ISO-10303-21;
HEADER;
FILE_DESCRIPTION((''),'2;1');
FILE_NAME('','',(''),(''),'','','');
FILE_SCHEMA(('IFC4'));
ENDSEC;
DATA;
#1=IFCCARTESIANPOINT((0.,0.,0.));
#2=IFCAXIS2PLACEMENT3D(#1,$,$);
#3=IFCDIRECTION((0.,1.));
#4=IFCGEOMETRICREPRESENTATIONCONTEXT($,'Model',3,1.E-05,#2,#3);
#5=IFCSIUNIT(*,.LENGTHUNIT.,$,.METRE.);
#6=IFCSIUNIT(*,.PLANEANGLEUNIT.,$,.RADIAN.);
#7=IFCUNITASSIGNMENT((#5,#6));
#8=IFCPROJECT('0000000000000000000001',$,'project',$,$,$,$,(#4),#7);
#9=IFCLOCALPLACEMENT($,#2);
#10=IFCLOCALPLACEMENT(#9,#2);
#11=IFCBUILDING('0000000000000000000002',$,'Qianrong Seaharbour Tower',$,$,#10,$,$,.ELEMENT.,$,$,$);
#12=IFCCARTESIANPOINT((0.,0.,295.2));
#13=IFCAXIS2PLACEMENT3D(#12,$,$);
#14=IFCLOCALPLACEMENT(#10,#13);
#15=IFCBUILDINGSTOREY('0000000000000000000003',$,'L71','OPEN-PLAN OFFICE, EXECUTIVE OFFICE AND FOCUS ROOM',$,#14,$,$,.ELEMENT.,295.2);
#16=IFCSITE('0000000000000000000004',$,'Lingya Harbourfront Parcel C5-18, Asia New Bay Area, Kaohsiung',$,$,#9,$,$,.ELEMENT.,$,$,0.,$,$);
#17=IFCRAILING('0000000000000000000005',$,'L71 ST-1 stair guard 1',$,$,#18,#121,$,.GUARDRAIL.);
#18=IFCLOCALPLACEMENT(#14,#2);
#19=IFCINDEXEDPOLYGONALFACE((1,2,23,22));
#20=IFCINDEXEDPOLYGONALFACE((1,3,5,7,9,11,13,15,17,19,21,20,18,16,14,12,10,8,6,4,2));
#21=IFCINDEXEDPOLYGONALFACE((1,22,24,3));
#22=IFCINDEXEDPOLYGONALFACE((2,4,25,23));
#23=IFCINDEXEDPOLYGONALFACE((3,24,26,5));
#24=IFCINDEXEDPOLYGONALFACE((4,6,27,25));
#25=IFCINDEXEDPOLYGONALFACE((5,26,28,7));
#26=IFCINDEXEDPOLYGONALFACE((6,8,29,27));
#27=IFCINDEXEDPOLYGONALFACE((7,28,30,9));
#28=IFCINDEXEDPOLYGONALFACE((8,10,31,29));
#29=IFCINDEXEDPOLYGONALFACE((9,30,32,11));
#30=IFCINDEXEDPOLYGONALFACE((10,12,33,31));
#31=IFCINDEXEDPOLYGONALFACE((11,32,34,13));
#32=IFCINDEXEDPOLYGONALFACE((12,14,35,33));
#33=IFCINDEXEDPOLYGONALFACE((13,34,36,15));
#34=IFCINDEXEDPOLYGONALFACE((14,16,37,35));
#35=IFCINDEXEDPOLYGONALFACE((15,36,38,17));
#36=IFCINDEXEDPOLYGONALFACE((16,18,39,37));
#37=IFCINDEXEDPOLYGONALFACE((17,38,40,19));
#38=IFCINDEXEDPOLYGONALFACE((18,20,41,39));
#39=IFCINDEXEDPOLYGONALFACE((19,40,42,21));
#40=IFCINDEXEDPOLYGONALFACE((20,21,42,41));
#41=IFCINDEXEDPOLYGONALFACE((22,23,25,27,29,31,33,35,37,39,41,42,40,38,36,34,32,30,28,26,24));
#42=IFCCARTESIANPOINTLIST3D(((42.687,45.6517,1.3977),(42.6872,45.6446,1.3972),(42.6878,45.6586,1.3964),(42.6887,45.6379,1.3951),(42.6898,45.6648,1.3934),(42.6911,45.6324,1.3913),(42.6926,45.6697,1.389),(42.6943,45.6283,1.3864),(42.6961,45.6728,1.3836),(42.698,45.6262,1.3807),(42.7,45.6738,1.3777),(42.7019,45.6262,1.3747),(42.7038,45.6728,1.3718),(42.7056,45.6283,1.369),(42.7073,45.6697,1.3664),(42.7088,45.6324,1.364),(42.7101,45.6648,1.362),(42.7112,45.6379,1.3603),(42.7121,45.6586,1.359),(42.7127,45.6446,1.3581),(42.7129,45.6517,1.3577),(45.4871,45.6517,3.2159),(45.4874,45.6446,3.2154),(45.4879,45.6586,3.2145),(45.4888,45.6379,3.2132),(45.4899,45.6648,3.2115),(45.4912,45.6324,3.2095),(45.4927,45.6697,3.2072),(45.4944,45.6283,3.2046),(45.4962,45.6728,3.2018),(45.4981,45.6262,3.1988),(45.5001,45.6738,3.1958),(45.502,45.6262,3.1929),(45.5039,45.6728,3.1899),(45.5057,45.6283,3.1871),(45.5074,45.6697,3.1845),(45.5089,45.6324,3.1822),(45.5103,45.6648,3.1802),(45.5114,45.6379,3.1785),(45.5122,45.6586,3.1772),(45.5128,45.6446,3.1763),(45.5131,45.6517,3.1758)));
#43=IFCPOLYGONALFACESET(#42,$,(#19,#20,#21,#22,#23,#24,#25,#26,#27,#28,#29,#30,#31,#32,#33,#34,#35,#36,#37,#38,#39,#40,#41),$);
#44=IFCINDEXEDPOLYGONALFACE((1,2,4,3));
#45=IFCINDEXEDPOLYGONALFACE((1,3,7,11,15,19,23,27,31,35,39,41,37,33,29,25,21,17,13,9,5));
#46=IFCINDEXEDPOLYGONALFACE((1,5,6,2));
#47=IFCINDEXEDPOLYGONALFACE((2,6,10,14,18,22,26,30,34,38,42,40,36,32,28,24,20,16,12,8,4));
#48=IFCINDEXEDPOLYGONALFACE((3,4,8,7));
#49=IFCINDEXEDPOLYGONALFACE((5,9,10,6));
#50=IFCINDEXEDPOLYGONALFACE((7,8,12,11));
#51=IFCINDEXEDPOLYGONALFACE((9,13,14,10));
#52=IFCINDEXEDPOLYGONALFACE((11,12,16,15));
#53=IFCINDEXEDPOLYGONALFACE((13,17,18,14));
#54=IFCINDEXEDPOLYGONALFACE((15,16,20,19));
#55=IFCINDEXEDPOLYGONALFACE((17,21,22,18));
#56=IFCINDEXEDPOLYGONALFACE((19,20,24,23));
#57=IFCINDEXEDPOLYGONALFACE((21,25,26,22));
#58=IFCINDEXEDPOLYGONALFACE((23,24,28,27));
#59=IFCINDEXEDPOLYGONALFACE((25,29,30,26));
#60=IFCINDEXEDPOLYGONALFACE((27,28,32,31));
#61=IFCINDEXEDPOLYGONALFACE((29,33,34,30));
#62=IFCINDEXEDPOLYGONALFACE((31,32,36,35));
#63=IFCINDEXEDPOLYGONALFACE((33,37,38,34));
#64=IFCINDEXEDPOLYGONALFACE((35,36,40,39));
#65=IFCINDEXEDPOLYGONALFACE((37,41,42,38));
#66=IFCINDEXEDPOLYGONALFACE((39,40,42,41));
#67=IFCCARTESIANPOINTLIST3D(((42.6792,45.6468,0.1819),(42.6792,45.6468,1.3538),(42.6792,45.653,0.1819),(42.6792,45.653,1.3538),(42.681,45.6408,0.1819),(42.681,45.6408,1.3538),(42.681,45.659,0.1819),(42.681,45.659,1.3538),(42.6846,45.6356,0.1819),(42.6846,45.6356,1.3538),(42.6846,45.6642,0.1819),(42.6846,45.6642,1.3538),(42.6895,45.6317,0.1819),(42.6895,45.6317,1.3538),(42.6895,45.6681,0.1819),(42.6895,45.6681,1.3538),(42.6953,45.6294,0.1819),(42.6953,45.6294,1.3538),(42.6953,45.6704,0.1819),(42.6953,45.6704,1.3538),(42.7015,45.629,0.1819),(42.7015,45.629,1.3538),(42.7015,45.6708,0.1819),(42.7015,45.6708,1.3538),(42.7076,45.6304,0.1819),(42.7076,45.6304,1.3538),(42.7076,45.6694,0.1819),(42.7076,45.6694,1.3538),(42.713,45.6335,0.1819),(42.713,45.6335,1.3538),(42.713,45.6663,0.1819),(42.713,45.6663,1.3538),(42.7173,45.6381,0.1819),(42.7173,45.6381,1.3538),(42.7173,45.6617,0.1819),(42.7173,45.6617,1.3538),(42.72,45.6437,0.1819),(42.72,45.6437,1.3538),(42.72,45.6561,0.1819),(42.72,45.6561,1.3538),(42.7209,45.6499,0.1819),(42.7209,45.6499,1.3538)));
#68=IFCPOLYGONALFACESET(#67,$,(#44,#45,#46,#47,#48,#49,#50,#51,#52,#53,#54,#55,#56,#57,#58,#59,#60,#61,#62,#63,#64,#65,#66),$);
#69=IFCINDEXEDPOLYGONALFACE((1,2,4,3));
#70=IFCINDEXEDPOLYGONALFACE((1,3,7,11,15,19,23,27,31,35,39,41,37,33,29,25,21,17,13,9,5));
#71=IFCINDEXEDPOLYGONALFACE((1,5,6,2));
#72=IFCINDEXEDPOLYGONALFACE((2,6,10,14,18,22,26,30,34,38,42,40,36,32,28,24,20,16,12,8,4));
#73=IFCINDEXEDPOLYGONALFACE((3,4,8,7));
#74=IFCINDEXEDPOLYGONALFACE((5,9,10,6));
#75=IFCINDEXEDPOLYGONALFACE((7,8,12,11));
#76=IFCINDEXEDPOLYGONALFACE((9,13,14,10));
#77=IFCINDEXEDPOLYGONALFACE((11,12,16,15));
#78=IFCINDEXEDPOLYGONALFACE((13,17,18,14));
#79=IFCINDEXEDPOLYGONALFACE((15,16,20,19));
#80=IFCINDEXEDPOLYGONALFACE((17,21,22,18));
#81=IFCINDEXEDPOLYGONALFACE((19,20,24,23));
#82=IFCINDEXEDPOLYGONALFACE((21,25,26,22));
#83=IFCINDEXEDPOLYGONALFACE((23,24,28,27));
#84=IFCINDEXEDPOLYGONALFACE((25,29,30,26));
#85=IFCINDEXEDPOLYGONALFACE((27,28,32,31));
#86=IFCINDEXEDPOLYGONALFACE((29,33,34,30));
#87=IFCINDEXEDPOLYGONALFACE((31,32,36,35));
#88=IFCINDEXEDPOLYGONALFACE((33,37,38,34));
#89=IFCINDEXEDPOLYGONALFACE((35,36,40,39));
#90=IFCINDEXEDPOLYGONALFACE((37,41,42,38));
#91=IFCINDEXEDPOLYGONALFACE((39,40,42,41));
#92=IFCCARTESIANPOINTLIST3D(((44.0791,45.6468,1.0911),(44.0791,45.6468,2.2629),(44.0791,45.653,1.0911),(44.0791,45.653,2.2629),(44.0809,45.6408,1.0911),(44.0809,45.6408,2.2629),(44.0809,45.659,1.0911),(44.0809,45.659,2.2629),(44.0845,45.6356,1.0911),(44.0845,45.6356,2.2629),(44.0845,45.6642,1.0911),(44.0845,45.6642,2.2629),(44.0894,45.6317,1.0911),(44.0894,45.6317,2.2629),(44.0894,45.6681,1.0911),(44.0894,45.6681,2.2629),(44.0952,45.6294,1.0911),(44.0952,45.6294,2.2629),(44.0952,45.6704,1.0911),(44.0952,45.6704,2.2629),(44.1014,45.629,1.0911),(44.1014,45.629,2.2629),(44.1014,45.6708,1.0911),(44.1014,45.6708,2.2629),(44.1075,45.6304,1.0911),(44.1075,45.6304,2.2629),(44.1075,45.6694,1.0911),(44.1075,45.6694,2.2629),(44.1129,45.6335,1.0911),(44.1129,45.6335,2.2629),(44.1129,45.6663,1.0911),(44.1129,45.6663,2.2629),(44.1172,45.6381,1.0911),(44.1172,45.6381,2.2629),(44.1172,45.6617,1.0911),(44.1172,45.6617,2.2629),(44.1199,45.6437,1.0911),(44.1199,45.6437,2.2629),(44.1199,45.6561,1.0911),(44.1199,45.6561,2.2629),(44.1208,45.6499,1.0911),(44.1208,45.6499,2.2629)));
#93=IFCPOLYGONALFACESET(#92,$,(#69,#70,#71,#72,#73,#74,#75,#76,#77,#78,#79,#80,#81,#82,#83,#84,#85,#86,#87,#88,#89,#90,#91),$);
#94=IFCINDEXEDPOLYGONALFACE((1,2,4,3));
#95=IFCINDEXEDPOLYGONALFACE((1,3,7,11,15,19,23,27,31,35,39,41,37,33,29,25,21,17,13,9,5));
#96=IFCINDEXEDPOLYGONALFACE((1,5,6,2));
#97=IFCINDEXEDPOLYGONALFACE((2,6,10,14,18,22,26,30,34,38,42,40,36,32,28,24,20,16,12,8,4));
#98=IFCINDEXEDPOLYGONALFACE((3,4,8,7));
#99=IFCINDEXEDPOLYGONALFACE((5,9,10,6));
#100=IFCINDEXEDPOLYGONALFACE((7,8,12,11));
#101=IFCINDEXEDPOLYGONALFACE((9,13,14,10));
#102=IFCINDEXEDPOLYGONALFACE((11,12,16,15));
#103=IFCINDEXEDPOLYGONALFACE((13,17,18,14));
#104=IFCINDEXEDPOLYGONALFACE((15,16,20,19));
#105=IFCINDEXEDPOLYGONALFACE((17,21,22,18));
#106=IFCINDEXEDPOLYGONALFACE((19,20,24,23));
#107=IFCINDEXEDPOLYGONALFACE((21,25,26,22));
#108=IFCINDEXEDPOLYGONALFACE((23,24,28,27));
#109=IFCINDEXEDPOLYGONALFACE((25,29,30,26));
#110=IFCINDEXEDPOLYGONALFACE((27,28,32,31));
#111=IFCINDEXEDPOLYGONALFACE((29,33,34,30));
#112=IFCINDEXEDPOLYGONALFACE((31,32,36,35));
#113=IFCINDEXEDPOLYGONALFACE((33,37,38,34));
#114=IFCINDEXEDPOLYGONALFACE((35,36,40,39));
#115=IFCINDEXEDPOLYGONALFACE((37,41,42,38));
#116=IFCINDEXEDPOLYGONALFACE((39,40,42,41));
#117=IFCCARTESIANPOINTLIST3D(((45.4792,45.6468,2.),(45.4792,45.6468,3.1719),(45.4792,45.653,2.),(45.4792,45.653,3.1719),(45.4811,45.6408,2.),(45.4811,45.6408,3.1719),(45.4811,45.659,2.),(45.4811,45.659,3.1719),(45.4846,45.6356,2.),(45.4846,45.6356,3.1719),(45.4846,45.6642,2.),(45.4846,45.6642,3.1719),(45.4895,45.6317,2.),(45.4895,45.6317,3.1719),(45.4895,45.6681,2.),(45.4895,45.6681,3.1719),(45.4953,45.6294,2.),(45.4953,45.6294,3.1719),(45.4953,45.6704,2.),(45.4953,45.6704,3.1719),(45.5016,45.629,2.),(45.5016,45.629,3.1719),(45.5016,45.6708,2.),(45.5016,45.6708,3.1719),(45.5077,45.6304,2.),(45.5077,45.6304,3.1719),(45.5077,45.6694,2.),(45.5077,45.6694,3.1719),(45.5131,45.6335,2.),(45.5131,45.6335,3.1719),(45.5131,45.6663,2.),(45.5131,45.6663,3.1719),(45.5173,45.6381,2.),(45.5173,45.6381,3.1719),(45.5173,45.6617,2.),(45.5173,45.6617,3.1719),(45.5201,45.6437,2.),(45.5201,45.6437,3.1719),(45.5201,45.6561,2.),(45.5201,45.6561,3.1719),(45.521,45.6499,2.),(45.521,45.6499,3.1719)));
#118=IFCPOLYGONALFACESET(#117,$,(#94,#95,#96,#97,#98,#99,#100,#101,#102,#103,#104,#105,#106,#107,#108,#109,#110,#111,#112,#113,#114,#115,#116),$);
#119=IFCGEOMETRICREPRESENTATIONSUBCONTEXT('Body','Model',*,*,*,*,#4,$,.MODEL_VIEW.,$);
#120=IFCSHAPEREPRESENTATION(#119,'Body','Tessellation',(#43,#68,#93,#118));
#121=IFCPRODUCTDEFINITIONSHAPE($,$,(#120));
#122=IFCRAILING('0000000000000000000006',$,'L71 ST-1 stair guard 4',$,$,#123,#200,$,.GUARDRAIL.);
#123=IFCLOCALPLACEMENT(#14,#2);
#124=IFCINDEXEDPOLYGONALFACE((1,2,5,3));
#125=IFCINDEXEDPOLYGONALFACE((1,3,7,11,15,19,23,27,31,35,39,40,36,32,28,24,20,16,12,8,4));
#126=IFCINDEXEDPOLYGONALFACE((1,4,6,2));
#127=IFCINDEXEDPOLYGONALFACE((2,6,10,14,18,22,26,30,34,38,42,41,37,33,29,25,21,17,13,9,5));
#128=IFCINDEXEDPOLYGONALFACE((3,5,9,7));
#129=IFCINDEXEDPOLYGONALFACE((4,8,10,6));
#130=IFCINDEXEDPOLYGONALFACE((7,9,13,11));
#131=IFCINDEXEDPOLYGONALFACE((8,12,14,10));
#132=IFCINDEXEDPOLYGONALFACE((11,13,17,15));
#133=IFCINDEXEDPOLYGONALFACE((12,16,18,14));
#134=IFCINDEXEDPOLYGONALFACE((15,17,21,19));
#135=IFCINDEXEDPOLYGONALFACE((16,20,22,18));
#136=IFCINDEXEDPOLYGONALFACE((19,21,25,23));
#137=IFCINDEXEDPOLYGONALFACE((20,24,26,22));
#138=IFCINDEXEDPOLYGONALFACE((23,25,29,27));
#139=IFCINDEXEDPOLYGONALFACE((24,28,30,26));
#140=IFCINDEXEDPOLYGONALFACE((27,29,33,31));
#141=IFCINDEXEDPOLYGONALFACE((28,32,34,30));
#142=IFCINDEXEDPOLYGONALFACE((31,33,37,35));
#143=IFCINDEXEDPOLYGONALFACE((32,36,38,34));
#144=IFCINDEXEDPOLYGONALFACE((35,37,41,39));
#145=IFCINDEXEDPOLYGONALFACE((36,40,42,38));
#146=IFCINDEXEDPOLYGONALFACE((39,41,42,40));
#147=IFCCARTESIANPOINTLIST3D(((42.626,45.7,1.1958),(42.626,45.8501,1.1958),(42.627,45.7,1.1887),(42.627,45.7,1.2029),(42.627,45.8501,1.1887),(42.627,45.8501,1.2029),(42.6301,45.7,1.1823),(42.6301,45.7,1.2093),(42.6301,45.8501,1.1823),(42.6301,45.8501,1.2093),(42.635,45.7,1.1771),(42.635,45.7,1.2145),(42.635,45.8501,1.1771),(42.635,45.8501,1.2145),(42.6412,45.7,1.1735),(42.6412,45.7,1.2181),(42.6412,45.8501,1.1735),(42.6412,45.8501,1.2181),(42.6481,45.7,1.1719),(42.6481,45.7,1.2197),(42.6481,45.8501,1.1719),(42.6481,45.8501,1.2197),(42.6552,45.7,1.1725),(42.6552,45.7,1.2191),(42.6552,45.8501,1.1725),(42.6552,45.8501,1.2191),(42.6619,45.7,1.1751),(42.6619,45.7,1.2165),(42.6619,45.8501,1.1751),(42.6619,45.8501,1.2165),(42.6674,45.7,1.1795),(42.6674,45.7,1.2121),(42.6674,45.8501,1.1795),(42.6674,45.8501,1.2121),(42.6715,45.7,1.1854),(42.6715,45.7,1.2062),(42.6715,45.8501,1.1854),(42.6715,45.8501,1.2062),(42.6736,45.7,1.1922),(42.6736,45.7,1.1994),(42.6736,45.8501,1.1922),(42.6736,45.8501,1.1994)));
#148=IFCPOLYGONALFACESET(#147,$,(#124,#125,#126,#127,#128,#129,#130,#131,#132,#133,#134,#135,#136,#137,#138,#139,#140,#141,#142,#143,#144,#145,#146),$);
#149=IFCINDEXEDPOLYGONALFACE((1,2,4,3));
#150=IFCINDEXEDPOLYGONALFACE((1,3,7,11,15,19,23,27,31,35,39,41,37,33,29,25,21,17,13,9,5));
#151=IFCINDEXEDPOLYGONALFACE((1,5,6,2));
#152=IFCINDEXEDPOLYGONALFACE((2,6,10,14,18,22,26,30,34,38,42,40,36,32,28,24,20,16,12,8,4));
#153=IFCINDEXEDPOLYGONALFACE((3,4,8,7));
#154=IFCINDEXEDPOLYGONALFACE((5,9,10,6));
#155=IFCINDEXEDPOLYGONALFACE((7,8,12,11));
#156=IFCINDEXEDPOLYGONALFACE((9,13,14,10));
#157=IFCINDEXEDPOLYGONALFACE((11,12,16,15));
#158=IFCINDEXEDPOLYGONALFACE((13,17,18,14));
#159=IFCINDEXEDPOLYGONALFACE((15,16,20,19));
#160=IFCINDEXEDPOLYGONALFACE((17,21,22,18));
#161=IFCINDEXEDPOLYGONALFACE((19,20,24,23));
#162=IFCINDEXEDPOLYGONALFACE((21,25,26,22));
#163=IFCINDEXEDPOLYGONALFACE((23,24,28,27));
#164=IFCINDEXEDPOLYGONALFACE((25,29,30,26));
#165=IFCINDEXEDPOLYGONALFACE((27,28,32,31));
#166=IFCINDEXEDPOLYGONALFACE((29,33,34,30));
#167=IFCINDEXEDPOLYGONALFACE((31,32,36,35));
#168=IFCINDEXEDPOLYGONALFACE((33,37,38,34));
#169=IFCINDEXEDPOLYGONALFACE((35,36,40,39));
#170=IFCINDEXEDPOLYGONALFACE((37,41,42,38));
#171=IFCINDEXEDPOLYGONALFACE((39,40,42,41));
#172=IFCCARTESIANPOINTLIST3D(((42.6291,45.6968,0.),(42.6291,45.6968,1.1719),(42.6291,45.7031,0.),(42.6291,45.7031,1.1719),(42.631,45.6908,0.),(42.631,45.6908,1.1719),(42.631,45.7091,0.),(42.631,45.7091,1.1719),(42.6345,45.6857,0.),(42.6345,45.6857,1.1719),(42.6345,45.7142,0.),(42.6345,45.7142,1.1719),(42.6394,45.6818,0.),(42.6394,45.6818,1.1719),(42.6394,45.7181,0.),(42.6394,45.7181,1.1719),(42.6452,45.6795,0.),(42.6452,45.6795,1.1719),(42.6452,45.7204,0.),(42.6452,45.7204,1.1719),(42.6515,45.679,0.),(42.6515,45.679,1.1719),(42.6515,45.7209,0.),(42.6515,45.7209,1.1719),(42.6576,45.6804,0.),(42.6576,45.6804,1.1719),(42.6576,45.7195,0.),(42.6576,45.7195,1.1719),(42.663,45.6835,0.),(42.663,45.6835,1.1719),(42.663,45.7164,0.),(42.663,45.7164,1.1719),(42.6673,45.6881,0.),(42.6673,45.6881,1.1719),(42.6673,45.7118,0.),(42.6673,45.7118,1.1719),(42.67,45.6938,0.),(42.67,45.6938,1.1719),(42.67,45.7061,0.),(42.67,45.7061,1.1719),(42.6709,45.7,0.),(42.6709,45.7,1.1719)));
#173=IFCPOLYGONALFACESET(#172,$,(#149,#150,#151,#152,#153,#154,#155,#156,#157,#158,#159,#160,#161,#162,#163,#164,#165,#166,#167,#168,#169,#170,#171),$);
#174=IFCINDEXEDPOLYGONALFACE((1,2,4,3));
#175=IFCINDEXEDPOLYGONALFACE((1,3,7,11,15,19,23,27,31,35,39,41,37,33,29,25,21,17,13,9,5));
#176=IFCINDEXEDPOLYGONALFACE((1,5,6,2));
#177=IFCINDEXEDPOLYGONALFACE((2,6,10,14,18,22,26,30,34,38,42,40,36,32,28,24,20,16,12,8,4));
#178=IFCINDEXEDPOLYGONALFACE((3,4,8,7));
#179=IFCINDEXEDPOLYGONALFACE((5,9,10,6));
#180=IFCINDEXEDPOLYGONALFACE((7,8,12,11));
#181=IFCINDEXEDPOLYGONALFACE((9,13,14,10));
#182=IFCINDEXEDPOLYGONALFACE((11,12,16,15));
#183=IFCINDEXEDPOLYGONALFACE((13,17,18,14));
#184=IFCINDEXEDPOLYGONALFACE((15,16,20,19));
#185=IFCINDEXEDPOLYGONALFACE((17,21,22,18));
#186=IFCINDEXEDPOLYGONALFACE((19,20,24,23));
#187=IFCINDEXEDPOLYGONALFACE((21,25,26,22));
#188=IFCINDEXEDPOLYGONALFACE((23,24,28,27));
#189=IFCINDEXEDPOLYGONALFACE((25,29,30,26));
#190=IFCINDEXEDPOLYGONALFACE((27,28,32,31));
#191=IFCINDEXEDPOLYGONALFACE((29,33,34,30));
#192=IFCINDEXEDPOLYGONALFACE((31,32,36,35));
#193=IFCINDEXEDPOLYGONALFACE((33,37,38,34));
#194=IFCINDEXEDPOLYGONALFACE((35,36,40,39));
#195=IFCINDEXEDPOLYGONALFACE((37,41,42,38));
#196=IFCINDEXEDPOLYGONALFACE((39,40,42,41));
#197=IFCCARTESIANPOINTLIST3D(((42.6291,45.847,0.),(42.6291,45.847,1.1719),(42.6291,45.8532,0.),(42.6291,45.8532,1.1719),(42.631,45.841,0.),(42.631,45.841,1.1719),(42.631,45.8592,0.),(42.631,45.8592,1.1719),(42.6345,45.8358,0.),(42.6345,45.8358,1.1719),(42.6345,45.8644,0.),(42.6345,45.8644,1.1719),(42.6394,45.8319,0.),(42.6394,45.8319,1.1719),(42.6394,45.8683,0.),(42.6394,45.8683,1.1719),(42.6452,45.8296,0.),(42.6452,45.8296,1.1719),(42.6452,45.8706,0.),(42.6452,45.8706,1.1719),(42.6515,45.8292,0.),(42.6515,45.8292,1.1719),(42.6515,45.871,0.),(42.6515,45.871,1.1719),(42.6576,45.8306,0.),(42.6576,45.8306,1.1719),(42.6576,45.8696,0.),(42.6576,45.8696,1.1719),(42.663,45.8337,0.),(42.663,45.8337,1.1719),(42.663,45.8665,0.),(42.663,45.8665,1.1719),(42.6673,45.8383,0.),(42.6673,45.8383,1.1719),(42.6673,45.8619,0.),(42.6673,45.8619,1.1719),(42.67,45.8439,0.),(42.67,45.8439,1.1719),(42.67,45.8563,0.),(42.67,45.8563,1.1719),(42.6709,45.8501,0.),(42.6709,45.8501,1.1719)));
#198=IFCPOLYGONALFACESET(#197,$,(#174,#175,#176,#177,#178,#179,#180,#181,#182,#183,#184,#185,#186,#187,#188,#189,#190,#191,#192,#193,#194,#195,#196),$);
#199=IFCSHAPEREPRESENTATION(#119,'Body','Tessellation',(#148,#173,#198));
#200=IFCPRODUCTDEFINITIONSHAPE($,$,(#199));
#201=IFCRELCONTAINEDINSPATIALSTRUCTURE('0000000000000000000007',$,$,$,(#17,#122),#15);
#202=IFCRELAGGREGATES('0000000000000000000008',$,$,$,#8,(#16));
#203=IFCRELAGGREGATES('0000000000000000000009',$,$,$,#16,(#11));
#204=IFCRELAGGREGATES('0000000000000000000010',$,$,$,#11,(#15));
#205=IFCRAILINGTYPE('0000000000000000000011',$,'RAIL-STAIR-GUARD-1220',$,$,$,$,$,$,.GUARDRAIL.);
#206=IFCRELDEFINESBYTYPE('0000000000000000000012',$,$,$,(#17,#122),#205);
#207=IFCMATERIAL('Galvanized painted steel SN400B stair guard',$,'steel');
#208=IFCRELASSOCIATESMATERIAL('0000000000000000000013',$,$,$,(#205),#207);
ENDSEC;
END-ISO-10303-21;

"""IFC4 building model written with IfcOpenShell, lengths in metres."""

from ifc_helpers import new_model, si_unit, direction, frame, origin, origin_2d, place, context, subcontext, project, spatial, circle, extrude, material, type_object, element, save


model = new_model("IFC4")

# Units and contexts
model_context = context("Model", 3, precision=1e-05, world=origin(), true_north=direction((0.0, 1.0)))
body_context = subcontext(model_context, "Body", "Model", "MODEL_VIEW")
ifc_project = project(units=[si_unit("LENGTHUNIT", "METRE"), si_unit("PLANEANGLEUNIT", "RADIAN")], contexts=[model_context])

# Site, building, storey
site_placement = place(None, origin())
site = spatial("IfcSite", under=ifc_project, at=site_placement, Name="Lingya Harbourfront Parcel C5-18, Asia New Bay Area, Kaohsiung", CompositionType="ELEMENT", RefElevation=0.0)
building_placement = place(site_placement, origin())
building = spatial("IfcBuilding", under=site, at=building_placement, Name="Qianrong Seaharbour Tower", CompositionType="ELEMENT")
storey_placement = place(building_placement, frame((0.0, 0.0, 295.2)))
storey = spatial("IfcBuildingStorey", under=building, at=storey_placement, Name="L71", Description="OPEN-PLAN OFFICE, EXECUTIVE OFFICE AND FOCUS ROOM", CompositionType="ELEMENT", Elevation=295.2)

# Railings
ifc_material_1 = material(Name="Galvanized painted steel SN400B stair guard", Category="steel")
railing_type = type_object("IfcRailingType", Name="RAIL-STAIR-GUARD-1220", PredefinedType="GUARDRAIL", material=ifc_material_1)
railing_1_placement = place(storey_placement, frame((42.7, 45.6499, 0.1819)))
element("IfcRailing", 1, at=railing_1_placement, inside=storey, type_object=railing_type, Name="L71 ST-1 stair guard 1", PredefinedType="GUARDRAIL", context=body_context, shape_type="SweptSolid", body=[
    extrude(circle(Radius=0.0239, at=origin_2d()), frame((0.0, 0.0, 1.1958), z_axis=(0.838706, 0.0, 0.544585), x_axis=(0.0, 1.0, 0.0)), (0.0, 0.0, 1.0), 3.3386),
    extrude(circle(Radius=0.021, at=origin_2d()), origin(), (0.0, 0.0, 1.0), 1.1719),
    extrude(circle(Radius=0.021, at=origin_2d()), frame((1.3999, 0.0, 0.9092)), (0.0, 0.0, 1.0), 1.1719),
    extrude(circle(Radius=0.021, at=origin_2d()), frame((2.8, 0.0, 1.8181)), (0.0, 0.0, 1.0), 1.1719),
])
railing_2_placement = place(storey_placement, frame((42.6499, 45.7, 0.0)))
element("IfcRailing", 2, at=railing_2_placement, inside=storey, type_object=railing_type, Name="L71 ST-1 stair guard 4", PredefinedType="GUARDRAIL", context=body_context, shape_type="SweptSolid", body=[
    extrude(circle(Radius=0.0239, at=origin_2d()), frame((0.0, 0.0, 1.1958), z_axis=(0.0, 1.0, 0.0), x_axis=(-1.0, 0.0, 0.0)), (0.0, 0.0, 1.0), 0.1501),
    extrude(circle(Radius=0.021, at=origin_2d()), origin(), (0.0, 0.0, 1.0), 1.1719),
    extrude(circle(Radius=0.021, at=origin_2d()), frame((0.0, 0.1501, 0.0)), (0.0, 0.0, 1.0), 1.1719),
])

save(model, "model.ifc")
